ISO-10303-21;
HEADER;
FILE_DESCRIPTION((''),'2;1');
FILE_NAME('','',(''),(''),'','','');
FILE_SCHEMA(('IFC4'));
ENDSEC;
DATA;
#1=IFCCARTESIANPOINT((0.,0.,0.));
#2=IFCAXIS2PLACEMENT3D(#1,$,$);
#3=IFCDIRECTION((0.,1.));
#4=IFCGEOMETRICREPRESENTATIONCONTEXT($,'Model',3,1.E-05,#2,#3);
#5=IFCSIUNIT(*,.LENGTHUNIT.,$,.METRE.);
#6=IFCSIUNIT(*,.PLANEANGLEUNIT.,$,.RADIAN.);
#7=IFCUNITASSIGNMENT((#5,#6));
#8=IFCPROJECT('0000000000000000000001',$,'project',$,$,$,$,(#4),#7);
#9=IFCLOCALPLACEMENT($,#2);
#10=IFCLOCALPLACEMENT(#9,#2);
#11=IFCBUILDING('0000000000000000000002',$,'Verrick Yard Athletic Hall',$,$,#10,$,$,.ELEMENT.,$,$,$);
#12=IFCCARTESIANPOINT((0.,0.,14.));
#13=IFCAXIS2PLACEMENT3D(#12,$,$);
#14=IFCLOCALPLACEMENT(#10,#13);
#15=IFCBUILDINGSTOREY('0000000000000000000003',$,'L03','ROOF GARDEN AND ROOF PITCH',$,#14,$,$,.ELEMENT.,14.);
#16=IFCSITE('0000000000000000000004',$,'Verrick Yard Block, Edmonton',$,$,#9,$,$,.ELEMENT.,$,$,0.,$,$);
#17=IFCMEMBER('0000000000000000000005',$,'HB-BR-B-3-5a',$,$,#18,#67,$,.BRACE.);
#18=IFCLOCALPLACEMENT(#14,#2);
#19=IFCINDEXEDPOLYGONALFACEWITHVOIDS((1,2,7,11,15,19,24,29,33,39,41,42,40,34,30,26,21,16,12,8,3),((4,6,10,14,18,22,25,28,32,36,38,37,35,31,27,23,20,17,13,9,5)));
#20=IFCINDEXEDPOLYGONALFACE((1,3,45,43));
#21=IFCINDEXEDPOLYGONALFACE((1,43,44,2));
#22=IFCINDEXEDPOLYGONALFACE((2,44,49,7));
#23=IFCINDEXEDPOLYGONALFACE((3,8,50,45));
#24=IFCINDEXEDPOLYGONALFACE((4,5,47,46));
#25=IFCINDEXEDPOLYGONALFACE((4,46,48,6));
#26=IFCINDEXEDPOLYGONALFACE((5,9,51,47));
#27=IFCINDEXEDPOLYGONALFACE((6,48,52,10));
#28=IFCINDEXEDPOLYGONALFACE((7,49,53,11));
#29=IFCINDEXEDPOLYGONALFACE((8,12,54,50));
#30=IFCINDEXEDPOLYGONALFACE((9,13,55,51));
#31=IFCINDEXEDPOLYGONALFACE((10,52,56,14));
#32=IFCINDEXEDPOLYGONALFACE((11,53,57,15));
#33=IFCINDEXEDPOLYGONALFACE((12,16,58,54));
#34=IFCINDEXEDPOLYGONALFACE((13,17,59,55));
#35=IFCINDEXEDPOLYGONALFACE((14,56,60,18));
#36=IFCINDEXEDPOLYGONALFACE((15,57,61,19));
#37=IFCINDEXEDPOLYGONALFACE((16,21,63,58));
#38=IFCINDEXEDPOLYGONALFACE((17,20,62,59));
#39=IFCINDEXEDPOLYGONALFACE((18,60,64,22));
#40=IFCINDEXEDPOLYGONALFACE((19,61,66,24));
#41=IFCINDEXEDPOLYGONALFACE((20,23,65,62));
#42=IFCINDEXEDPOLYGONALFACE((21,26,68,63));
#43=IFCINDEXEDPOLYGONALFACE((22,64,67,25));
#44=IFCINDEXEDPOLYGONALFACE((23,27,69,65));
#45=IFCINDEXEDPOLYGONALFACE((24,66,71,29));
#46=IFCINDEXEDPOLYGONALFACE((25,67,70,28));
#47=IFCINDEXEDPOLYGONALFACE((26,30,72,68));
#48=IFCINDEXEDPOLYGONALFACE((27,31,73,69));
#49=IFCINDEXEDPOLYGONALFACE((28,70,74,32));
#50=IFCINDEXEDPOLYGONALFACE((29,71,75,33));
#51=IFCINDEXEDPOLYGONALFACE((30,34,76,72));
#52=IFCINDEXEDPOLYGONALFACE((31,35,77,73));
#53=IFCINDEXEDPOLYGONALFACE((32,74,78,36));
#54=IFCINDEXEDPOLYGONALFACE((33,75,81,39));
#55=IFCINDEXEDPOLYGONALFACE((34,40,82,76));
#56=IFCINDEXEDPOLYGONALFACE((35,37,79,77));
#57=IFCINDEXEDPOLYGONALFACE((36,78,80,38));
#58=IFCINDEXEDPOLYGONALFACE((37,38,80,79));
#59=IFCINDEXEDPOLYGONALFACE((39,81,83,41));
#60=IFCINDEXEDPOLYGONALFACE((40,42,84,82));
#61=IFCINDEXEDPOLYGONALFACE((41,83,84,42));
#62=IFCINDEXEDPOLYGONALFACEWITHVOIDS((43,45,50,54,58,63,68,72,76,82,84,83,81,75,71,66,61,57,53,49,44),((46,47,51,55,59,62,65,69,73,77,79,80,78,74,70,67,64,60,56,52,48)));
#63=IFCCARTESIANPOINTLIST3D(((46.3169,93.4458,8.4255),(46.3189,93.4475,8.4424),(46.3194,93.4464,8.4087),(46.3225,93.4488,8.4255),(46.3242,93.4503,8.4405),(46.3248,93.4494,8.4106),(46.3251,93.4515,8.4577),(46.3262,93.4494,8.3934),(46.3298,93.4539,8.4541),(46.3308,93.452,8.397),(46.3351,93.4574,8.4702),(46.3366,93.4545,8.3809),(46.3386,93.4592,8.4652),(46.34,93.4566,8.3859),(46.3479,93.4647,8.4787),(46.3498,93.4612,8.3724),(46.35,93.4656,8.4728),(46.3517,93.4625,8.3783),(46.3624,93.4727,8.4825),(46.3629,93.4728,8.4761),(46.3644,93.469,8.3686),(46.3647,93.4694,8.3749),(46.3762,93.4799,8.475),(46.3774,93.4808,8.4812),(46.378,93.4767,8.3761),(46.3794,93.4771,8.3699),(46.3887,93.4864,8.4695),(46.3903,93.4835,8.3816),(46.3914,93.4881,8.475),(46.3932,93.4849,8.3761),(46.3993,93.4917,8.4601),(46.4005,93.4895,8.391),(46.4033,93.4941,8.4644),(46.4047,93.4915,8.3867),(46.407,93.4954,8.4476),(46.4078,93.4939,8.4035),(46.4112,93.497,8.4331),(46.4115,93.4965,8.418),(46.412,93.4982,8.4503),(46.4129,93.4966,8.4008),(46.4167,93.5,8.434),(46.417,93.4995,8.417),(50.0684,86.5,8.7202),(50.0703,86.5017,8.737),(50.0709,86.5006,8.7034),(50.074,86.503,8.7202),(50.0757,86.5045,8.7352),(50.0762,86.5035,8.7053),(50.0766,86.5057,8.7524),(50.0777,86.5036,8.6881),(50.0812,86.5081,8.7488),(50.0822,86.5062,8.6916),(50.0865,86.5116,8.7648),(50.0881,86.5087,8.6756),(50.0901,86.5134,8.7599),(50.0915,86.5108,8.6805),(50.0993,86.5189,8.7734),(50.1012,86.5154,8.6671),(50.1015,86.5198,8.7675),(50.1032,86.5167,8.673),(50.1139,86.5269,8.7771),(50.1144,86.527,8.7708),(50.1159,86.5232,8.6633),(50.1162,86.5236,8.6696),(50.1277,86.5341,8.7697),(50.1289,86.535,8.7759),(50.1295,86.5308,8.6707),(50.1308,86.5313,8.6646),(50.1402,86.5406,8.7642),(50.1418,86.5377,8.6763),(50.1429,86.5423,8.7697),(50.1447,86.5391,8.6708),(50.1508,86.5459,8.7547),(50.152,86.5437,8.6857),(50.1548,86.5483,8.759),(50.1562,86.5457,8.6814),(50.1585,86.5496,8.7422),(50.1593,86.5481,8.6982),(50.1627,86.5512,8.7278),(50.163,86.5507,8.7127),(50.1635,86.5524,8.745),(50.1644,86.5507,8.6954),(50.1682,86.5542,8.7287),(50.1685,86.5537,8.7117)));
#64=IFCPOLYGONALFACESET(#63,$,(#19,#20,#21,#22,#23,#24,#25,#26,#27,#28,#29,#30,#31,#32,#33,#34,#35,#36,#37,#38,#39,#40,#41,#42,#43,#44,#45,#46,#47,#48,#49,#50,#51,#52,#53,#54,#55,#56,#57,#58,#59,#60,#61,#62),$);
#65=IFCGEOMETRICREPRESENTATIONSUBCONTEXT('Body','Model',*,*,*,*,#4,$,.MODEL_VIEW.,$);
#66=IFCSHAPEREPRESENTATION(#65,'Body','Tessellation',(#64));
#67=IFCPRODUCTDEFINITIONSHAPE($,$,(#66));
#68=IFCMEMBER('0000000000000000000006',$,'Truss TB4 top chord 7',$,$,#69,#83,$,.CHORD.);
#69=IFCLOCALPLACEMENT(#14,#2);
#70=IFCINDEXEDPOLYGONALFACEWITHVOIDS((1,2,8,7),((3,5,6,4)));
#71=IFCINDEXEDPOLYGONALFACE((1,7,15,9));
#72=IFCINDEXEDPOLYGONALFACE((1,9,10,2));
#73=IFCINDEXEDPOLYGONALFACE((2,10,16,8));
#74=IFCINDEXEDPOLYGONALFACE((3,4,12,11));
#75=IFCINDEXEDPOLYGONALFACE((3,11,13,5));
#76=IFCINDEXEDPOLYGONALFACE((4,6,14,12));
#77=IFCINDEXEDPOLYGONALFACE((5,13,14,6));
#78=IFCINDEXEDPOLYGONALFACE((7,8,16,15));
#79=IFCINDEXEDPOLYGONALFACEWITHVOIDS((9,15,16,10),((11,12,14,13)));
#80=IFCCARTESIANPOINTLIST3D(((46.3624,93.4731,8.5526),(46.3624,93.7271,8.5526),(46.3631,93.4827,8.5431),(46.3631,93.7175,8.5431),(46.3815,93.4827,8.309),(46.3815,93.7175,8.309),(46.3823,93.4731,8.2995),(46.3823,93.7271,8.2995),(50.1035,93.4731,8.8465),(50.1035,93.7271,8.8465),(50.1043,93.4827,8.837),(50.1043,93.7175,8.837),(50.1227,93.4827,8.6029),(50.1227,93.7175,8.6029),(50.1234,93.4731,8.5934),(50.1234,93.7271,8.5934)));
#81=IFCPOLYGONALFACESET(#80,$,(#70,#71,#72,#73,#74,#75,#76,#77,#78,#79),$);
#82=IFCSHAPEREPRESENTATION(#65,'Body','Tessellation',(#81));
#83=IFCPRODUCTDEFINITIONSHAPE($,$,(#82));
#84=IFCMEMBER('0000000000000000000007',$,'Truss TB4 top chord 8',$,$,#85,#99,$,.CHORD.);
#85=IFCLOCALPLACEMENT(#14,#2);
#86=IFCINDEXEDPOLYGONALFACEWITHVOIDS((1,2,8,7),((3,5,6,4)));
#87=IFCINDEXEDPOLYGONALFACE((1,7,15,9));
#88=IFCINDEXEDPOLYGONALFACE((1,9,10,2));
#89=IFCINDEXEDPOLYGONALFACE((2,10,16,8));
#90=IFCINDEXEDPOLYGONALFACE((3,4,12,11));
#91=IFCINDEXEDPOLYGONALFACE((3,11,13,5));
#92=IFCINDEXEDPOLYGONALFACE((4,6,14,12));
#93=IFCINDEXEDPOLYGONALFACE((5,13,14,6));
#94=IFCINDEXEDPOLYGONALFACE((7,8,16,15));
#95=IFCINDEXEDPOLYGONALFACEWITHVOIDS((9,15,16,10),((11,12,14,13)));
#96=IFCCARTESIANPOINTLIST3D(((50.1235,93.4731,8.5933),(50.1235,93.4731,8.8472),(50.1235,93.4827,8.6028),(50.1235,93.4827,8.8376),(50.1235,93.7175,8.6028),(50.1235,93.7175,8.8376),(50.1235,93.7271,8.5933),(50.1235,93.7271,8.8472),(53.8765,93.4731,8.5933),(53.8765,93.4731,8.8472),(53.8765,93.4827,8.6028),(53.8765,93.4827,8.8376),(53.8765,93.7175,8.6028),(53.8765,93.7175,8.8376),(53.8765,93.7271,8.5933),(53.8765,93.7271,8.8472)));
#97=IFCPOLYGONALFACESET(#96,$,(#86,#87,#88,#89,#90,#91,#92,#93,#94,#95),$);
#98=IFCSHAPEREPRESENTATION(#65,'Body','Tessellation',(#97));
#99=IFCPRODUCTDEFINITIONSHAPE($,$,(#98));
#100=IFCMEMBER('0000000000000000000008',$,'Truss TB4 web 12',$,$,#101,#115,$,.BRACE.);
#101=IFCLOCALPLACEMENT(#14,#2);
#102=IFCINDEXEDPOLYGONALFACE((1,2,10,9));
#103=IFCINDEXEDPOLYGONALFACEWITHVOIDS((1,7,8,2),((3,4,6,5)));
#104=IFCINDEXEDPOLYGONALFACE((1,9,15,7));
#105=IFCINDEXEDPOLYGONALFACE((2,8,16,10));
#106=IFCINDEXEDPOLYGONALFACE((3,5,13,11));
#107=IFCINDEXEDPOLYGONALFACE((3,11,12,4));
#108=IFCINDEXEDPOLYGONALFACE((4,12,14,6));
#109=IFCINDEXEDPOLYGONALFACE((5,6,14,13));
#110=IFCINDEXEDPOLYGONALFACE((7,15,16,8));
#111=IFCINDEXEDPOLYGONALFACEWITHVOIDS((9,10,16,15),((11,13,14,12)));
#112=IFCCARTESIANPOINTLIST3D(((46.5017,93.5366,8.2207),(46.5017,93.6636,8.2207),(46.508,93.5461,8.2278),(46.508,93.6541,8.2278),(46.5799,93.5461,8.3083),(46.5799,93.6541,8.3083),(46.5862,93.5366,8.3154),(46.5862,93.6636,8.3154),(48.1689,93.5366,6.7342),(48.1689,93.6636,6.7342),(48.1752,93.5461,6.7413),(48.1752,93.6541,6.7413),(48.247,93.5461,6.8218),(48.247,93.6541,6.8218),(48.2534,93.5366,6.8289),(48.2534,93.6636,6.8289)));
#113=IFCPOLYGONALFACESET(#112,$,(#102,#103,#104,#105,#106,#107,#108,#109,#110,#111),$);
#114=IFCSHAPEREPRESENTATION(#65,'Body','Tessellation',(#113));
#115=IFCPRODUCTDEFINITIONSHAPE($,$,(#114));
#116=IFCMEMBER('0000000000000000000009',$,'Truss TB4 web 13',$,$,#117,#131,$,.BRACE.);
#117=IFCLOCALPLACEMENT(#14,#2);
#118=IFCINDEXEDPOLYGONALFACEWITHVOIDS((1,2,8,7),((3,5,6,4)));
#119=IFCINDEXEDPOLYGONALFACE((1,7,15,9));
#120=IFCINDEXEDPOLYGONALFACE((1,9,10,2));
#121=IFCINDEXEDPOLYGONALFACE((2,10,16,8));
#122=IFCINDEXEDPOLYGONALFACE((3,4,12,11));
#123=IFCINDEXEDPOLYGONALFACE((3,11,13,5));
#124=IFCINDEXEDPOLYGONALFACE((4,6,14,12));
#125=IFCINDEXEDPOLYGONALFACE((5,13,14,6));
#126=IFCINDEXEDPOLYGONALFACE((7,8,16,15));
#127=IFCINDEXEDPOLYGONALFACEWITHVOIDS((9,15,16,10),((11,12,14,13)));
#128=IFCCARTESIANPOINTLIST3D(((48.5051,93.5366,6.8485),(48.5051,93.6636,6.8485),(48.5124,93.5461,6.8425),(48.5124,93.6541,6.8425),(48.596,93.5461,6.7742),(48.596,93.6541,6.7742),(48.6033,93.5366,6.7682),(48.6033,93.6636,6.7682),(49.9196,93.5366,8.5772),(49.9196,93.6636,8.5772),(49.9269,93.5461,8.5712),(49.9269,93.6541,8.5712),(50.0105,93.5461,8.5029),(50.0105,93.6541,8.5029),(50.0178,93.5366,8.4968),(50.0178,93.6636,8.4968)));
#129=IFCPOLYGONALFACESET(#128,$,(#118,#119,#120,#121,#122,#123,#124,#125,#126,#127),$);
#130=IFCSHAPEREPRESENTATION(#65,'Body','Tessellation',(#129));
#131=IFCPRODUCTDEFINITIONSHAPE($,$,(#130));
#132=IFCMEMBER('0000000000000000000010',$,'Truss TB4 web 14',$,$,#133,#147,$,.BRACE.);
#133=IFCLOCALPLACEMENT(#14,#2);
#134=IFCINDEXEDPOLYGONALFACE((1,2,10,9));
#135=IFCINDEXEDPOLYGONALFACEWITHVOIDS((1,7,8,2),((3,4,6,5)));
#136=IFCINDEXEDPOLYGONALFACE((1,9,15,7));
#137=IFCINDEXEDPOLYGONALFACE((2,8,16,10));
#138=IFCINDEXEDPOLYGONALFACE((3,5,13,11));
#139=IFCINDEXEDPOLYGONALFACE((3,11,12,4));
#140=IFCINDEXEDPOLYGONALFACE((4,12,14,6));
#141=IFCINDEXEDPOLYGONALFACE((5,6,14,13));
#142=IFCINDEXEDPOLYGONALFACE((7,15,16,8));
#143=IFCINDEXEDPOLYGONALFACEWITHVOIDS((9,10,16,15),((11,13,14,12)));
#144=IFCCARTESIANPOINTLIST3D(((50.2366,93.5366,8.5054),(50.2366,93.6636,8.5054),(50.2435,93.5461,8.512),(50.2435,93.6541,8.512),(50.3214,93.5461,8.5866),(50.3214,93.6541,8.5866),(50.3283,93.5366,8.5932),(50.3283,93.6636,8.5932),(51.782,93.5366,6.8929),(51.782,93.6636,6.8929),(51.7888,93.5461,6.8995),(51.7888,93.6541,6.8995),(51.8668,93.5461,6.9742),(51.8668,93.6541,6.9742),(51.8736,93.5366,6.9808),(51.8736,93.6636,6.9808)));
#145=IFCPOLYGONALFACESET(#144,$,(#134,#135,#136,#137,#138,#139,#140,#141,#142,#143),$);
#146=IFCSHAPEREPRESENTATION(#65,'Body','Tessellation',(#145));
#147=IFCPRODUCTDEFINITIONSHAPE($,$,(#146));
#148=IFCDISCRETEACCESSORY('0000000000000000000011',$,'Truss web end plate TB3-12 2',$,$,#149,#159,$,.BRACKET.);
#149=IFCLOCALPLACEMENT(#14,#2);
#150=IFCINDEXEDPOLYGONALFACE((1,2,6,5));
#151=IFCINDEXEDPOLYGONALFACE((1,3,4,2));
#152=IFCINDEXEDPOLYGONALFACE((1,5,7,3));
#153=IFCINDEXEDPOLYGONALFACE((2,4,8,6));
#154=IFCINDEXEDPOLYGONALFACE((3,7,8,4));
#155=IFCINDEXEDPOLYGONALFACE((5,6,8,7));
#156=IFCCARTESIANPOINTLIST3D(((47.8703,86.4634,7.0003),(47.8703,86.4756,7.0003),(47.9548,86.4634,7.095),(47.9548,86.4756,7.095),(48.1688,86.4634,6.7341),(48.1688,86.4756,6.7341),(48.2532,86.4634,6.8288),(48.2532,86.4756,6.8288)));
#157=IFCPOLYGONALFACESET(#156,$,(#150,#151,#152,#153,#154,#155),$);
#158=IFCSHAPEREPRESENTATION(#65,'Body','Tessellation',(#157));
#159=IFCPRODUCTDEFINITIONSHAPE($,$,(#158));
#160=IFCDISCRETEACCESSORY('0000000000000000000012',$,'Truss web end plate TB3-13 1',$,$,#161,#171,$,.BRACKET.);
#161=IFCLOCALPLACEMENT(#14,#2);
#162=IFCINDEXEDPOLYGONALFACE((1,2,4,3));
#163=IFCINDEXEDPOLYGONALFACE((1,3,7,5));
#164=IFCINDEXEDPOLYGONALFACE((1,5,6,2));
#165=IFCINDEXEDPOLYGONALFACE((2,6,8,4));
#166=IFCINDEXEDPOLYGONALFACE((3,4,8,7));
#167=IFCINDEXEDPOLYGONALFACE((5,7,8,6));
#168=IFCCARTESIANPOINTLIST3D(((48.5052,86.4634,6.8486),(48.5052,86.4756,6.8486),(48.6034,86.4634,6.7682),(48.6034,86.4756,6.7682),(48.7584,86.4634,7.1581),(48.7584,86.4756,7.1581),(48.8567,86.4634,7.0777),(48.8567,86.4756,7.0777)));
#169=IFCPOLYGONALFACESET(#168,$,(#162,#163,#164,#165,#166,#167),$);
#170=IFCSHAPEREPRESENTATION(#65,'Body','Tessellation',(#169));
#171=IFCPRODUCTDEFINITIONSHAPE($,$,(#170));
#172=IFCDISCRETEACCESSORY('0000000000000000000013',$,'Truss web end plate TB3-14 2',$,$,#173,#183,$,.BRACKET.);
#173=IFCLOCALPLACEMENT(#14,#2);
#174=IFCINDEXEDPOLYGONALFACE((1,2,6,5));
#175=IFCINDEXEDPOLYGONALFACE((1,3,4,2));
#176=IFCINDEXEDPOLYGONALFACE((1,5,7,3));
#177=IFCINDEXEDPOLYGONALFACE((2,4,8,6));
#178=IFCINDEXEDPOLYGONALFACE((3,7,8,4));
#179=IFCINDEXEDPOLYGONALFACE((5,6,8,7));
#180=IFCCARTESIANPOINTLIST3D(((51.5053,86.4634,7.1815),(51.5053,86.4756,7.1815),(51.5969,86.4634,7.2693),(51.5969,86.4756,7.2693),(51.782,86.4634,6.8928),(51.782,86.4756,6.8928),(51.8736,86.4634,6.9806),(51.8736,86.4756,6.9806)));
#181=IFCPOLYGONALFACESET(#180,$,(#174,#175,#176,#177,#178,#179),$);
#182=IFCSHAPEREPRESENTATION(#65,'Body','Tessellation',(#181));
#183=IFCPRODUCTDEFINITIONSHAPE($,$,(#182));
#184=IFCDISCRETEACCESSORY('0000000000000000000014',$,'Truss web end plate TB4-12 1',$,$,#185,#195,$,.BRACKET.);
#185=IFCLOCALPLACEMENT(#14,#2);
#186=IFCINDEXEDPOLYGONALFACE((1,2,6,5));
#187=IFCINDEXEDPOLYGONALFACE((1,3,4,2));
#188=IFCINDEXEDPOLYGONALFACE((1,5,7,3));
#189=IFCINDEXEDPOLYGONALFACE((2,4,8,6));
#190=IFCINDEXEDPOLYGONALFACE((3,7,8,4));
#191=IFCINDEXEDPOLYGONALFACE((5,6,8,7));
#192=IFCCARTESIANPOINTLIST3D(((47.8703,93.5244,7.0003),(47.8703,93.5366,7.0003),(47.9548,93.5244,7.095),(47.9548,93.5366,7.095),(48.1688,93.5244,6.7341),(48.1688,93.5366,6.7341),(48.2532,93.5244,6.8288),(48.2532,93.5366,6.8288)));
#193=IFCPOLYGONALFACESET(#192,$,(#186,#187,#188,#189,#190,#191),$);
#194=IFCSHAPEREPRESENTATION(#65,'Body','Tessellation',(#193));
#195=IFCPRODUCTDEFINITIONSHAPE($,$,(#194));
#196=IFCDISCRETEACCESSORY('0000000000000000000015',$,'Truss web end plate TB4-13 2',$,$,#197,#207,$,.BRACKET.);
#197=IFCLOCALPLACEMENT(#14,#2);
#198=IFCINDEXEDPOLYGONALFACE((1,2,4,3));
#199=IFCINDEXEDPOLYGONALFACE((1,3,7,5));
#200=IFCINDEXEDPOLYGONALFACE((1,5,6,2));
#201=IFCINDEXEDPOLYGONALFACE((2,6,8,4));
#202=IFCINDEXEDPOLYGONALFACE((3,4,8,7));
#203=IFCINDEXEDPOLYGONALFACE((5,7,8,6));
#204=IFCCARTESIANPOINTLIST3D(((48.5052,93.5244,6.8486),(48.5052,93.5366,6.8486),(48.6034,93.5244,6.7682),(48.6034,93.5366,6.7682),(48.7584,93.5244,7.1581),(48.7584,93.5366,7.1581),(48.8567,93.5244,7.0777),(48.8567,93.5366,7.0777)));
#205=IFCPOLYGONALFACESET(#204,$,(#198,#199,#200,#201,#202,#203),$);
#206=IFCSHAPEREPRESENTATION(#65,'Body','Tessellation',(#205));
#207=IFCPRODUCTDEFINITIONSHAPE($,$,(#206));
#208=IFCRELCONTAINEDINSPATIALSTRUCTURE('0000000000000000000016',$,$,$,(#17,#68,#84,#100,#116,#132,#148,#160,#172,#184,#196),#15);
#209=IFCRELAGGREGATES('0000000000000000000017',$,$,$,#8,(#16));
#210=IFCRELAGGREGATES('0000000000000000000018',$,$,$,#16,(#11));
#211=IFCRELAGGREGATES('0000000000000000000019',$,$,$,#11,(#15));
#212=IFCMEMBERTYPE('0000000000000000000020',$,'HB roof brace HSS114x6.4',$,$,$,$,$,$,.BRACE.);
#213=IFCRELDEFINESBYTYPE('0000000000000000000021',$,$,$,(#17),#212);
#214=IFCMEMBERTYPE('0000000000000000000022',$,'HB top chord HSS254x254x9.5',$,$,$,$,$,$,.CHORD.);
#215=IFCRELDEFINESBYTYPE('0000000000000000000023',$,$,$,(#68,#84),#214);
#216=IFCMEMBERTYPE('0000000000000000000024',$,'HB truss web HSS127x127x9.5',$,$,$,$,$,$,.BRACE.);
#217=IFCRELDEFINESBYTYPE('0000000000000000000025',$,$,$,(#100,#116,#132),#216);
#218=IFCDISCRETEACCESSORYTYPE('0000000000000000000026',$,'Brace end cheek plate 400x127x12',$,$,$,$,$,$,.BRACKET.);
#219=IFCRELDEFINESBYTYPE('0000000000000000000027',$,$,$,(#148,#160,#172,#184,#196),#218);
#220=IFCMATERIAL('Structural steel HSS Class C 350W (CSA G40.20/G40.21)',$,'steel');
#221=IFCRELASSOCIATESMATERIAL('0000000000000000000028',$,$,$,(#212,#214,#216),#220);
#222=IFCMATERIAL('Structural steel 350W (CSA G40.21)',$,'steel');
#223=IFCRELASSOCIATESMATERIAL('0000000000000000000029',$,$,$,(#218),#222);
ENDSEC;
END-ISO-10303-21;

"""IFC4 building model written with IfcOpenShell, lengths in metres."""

from ifc_helpers import new_model, si_unit, direction, frame, origin, origin_2d, place, context, subcontext, project, spatial, rectangle, hollow_rectangle, hollow_circle, extrude, material, material_profile, profile_set, type_object, element, save


model = new_model("IFC4")

# Units and contexts
model_context = context("Model", 3, precision=1e-05, world=origin(), true_north=direction((0.0, 1.0)))
body_context = subcontext(model_context, "Body", "Model", "MODEL_VIEW")
ifc_project = project(units=[si_unit("LENGTHUNIT", "METRE"), si_unit("PLANEANGLEUNIT", "RADIAN")], contexts=[model_context])

# Site, building, storey
site_placement = place(None, origin())
site = spatial("IfcSite", under=ifc_project, at=site_placement, Name="Verrick Yard Block, Edmonton", CompositionType="ELEMENT", RefElevation=0.0)
building_placement = place(site_placement, origin())
building = spatial("IfcBuilding", under=site, at=building_placement, Name="Verrick Yard Athletic Hall", CompositionType="ELEMENT")
storey_placement = place(building_placement, frame((0.0, 0.0, 14.0)))
storey = spatial("IfcBuildingStorey", under=building, at=storey_placement, Name="L03", Description="ROOF GARDEN AND ROOF PITCH", CompositionType="ELEMENT", Elevation=14.0)

# Members
ifc_material_1 = material(Name="Structural steel HSS Class C 350W (CSA G40.20/G40.21)", Category="steel")
ifc_material_profile_1 = material_profile(ifc_material_1, hollow_circle(Radius=0.0571, WallThickness=0.0063, at=origin_2d()), Name="HSS114x6.4")
ifc_profile_set_1 = profile_set([ifc_material_profile_1], Name="Structural steel HSS Class C 350W (CSA G40.20/G40.21)")
member_type_1 = type_object("IfcMemberType", Name="HB roof brace HSS114x6.4", PredefinedType="BRACE", material=ifc_profile_set_1)
member_1_placement = place(storey_placement, frame((50.1187, 86.5271, 8.7202), z_axis=(-0.47489, 0.879254, -0.037303), x_axis=(-0.879867, -0.475221, 0.0)))
element("IfcMember", 1, at=member_1_placement, inside=storey, type_object=member_type_1, Name="HB-BR-B-3-5a", PredefinedType="BRACE", context=body_context, shape_type="SweptSolid", body=[
    extrude(hollow_circle(Radius=0.0571, WallThickness=0.0063, at=origin_2d()), origin(), (0.0, 0.0, 1.0), 7.8997),
])
ifc_material_profile_2 = material_profile(ifc_material_1, hollow_rectangle(XDim=0.2539, YDim=0.2539, WallThickness=0.0095, at=origin_2d()), Name="HSS254x254x9.5")
ifc_profile_set_2 = profile_set([ifc_material_profile_2], Name="Structural steel HSS Class C 350W (CSA G40.20/G40.21)")
member_type_2 = type_object("IfcMemberType", Name="HB top chord HSS254x254x9.5", PredefinedType="CHORD", material=ifc_profile_set_2)
member_2_placement = place(storey_placement, frame((46.3723, 93.6001, 8.426), z_axis=(0.996928, 0.0, 0.078328), x_axis=(0.0, 1.0, 0.0)))
element("IfcMember", 2, at=member_2_placement, inside=storey, type_object=member_type_2, Name="Truss TB4 top chord 7", PredefinedType="CHORD", context=body_context, shape_type="SweptSolid", body=[
    extrude(hollow_rectangle(XDim=0.2539, YDim=0.2539, WallThickness=0.0095, at=origin_2d()), origin(), (0.0, 0.0, 1.0), 3.7527),
])
member_3_placement = place(storey_placement, frame((50.1235, 93.6001, 8.7202), z_axis=(1.0, 0.0, 0.0), x_axis=(0.0, 1.0, 0.0)))
element("IfcMember", 3, at=member_3_placement, inside=storey, type_object=member_type_2, Name="Truss TB4 top chord 8", PredefinedType="CHORD", context=body_context, shape_type="SweptSolid", body=[
    extrude(hollow_rectangle(XDim=0.2539, YDim=0.2539, WallThickness=0.0095, at=origin_2d()), origin(), (0.0, 0.0, 1.0), 3.7529),
])
ifc_material_profile_3 = material_profile(ifc_material_1, hollow_rectangle(XDim=0.127, YDim=0.127, WallThickness=0.0095, at=origin_2d()), Name="HSS127x127x9.5")
ifc_profile_set_3 = profile_set([ifc_material_profile_3], Name="Structural steel HSS Class C 350W (CSA G40.20/G40.21)")
member_type_3 = type_object("IfcMemberType", Name="HB truss web HSS127x127x9.5", PredefinedType="BRACE", material=ifc_profile_set_3)
for number, where, z_axis, x_axis, name in (
    (4, (46.5439, 93.6001, 8.2681), (0.746389, 0.0, -0.66551), (0.0, 1.0, 0.0), "Truss TB4 web 12"),
    (5, (48.5542, 93.6001, 6.8083), (0.633268, 0.0, 0.773933), (0.0, 1.0, 0.0), "Truss TB4 web 13"),
):
    element("IfcMember", number, at=place(storey_placement, frame(where, z_axis=z_axis, x_axis=x_axis)), inside=storey, type_object=member_type_3, Name=name, PredefinedType="BRACE", context=body_context, shape_type="SweptSolid", body=[
        extrude(hollow_rectangle(XDim=0.127, YDim=0.127, WallThickness=0.0095, at=origin_2d()), origin(), (0.0, 0.0, 1.0), 2.2336),
    ])
member_4_placement = place(storey_placement, frame((50.2825, 93.6001, 8.5493), z_axis=(0.691917, 0.0, -0.721977), x_axis=(0.0, 1.0, 0.0)))
element("IfcMember", 6, at=member_4_placement, inside=storey, type_object=member_type_3, Name="Truss TB4 web 14", PredefinedType="BRACE", context=body_context, shape_type="SweptSolid", body=[
    extrude(hollow_rectangle(XDim=0.127, YDim=0.127, WallThickness=0.0095, at=origin_2d()), origin(), (0.0, 0.0, 1.0), 2.2334),
])

# Discrete accessories
ifc_material_2 = material(Name="Structural steel 350W (CSA G40.21)", Category="steel")
ifc_material_profile_4 = material_profile(ifc_material_2, rectangle(XDim=0.3999, YDim=0.127, at=origin_2d()), Name="Brace end cheek plate")
ifc_profile_set_4 = profile_set([ifc_material_profile_4], Name="Structural steel 350W (CSA G40.21)")
discrete_accessory_type_1 = type_object("IfcDiscreteAccessoryType", Name="Brace end cheek plate 400x127x12", PredefinedType="BRACKET", material=ifc_profile_set_4)
for number, where, z_axis, x_axis, name in (
    (7, (48.0618, 86.4634, 6.9146), (0.0, 1.0, 0.0), (-0.746352, 0.0, 0.665551), "Truss web end plate TB3-12 2"),
    (8, (48.6809, 86.4634, 6.9631), (0.0, 1.0, 0.0), (0.633246, 0.0, 0.773951), "Truss web end plate TB3-13 1"),
    (9, (51.6895, 86.4634, 7.0811), (0.0, 1.0, 0.0), (-0.691925, 0.0, 0.721969), "Truss web end plate TB3-14 2"),
    (10, (48.0618, 93.5366, 6.9146), (0.0, -1.0, 0.0), (-0.746352, 0.0, 0.665551), "Truss web end plate TB4-12 1"),
    (11, (48.6809, 93.5366, 6.9631), (0.0, -1.0, 0.0), (0.633246, 0.0, 0.773951), "Truss web end plate TB4-13 2"),
):
    element("IfcDiscreteAccessory", number, at=place(storey_placement, frame(where, z_axis=z_axis, x_axis=x_axis)), inside=storey, type_object=discrete_accessory_type_1, Name=name, PredefinedType="BRACKET", context=body_context, shape_type="SweptSolid", body=[
        extrude(rectangle(XDim=0.3999, YDim=0.127, at=origin_2d()), origin(), (0.0, 0.0, 1.0), 0.0122),
    ])

save(model, "model.ifc")
